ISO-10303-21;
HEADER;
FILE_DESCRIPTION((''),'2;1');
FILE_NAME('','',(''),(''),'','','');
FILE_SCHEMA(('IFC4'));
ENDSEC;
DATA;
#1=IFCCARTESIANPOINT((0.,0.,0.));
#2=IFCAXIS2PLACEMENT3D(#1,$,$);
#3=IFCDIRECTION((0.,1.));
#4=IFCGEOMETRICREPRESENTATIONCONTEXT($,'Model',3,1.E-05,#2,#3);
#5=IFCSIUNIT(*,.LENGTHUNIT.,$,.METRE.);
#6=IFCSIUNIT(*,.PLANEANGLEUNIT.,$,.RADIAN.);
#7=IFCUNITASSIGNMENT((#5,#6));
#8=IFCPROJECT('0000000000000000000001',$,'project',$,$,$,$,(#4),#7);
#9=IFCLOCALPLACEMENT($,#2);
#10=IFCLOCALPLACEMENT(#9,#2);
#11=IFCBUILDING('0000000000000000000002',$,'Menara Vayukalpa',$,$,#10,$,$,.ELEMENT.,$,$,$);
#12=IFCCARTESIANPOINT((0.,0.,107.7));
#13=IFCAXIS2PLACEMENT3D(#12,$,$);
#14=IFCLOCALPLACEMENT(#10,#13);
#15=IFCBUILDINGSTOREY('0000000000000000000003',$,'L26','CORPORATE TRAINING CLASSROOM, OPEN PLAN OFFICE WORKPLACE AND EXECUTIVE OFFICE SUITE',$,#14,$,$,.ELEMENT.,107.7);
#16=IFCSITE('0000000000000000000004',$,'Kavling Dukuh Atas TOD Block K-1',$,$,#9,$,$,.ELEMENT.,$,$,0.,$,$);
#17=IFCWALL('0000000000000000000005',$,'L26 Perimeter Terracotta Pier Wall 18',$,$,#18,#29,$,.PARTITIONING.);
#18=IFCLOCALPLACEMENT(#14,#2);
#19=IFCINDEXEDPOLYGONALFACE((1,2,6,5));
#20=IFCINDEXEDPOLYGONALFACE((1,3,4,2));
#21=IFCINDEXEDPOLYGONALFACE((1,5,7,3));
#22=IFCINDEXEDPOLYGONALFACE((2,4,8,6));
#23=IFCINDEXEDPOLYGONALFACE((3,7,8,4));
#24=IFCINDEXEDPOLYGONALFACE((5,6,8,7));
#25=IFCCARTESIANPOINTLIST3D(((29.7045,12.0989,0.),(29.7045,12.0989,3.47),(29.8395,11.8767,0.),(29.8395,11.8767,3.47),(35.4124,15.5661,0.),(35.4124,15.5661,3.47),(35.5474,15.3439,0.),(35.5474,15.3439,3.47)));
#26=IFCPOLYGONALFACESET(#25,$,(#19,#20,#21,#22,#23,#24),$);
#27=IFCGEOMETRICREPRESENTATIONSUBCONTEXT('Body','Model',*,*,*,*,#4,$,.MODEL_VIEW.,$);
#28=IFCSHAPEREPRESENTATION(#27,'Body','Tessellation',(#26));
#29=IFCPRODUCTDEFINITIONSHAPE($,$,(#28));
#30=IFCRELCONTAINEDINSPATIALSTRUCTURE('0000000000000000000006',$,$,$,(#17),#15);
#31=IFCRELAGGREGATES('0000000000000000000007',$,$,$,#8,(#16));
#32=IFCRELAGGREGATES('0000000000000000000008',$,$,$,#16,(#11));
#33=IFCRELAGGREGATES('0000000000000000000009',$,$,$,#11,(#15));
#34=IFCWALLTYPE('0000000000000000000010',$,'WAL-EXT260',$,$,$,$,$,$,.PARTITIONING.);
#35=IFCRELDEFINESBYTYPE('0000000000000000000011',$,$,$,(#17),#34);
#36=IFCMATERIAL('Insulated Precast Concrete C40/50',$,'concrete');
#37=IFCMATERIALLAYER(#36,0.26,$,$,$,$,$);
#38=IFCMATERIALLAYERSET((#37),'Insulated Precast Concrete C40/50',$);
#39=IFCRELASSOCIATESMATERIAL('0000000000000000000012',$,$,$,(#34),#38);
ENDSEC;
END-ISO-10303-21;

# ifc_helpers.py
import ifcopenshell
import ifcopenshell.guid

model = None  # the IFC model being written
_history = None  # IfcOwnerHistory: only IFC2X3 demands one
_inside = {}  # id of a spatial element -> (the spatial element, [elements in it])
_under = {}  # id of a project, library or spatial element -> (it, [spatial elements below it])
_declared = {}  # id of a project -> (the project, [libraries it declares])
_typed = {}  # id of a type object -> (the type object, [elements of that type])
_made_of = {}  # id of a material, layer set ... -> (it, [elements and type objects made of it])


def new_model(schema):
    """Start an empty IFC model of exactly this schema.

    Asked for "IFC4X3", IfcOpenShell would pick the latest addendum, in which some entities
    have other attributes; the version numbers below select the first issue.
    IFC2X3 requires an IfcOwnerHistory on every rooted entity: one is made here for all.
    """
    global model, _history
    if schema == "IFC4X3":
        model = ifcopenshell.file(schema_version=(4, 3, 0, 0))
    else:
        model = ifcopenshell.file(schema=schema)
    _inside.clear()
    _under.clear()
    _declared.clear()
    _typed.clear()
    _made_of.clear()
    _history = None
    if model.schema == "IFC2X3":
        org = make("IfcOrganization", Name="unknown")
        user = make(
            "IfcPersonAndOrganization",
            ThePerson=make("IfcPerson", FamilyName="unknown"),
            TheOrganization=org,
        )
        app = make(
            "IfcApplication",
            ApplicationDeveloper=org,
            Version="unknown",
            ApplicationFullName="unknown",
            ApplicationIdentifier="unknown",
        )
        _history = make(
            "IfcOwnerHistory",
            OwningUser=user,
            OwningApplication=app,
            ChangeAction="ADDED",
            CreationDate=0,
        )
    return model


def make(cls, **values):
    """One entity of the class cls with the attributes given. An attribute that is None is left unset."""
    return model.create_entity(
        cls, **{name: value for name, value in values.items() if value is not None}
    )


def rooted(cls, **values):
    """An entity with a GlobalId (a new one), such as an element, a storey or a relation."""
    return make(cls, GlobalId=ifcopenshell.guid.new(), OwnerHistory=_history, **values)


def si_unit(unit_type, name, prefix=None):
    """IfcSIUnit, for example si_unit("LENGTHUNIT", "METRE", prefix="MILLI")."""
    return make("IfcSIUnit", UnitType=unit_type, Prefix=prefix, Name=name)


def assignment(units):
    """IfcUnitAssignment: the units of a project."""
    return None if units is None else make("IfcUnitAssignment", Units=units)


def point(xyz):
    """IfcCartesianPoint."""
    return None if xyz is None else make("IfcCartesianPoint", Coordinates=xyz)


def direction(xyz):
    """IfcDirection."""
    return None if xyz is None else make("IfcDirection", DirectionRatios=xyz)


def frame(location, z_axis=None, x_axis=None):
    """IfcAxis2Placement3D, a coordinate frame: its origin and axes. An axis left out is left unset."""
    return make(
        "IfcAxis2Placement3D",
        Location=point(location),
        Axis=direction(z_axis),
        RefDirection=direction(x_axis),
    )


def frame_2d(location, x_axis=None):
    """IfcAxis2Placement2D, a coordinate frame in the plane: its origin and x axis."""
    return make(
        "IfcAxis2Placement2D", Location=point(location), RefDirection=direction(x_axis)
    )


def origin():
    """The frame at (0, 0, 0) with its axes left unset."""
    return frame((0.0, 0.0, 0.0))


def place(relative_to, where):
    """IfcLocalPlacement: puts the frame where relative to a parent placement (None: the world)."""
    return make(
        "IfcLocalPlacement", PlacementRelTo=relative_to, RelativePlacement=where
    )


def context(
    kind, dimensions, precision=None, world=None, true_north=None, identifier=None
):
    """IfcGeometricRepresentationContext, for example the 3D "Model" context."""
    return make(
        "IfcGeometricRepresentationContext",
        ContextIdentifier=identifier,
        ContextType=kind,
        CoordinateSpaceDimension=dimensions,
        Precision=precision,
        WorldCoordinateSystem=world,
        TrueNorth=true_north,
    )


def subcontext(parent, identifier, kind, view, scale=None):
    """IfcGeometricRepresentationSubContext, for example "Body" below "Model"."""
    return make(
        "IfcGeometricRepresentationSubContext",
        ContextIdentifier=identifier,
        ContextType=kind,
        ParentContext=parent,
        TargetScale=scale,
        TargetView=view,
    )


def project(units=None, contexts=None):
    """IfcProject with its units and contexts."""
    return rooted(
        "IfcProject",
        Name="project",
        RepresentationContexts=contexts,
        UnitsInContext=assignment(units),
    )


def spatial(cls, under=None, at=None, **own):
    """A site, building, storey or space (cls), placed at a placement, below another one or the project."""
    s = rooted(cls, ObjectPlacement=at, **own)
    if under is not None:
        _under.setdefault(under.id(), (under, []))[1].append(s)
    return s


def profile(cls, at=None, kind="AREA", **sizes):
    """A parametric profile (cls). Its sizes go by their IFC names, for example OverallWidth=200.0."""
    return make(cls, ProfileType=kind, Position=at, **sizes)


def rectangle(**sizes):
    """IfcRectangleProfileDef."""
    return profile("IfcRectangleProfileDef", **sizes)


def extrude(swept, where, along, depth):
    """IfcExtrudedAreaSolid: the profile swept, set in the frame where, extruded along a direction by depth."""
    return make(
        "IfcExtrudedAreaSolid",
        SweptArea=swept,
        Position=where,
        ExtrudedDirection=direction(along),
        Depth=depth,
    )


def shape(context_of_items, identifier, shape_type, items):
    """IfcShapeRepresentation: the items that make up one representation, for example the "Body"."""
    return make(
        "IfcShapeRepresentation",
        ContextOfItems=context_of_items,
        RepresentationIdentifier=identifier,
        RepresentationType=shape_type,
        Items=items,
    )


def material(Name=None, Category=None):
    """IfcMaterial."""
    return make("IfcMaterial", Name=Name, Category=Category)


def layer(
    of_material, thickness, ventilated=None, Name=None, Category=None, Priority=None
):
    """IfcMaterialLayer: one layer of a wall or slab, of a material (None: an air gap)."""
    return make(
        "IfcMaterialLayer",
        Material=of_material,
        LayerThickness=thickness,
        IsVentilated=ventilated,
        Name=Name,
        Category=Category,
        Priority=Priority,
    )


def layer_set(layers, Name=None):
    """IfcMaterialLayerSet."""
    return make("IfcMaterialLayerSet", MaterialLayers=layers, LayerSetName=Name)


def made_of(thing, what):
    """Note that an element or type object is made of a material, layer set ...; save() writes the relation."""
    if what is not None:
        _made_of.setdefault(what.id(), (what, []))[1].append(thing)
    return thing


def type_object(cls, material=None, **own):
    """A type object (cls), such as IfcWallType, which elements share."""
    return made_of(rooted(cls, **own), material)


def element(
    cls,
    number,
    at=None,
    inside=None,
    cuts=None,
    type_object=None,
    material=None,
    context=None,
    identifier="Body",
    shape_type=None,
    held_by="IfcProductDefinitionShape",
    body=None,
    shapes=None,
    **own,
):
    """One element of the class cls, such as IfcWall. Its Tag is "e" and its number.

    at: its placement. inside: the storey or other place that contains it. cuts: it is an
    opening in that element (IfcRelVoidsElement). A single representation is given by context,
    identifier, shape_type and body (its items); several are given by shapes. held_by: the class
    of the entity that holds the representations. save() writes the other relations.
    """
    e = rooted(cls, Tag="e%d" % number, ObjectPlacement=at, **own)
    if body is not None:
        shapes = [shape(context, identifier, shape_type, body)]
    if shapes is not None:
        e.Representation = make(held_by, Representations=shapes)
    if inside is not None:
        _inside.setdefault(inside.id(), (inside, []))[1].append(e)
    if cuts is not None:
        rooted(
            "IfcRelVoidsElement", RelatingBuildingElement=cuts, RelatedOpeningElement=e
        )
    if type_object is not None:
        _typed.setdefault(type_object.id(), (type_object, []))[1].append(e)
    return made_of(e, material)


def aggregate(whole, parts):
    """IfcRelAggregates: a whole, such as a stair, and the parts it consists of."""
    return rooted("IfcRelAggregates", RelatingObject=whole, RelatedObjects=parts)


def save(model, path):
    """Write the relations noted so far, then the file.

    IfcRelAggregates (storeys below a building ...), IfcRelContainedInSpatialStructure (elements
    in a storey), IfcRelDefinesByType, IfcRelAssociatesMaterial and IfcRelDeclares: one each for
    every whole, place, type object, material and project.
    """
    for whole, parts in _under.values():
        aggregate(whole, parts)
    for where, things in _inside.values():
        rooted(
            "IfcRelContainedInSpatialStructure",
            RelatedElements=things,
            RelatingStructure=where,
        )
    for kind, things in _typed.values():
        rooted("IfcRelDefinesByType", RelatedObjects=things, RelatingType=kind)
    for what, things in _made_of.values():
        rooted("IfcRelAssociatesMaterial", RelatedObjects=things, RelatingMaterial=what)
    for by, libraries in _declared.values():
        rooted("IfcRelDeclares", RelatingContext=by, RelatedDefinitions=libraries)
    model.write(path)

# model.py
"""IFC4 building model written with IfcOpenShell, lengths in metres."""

from ifc_helpers import new_model, si_unit, direction, frame, frame_2d, origin, place, context, subcontext, project, spatial, rectangle, extrude, material, layer, layer_set, type_object, element, save


model = new_model("IFC4")

# Units and contexts
model_context = context("Model", 3, precision=1e-05, world=origin(), true_north=direction((0.0, 1.0)))
body_context = subcontext(model_context, "Body", "Model", "MODEL_VIEW")
ifc_project = project(units=[si_unit("LENGTHUNIT", "METRE"), si_unit("PLANEANGLEUNIT", "RADIAN")], contexts=[model_context])

# Site, building, storey
site_placement = place(None, origin())
site = spatial("IfcSite", under=ifc_project, at=site_placement, Name="Kavling Dukuh Atas TOD Block K-1", CompositionType="ELEMENT", RefElevation=0.0)
building_placement = place(site_placement, origin())
building = spatial("IfcBuilding", under=site, at=building_placement, Name="Menara Vayukalpa", CompositionType="ELEMENT")
storey_placement = place(building_placement, frame((0.0, 0.0, 107.7)))
storey = spatial("IfcBuildingStorey", under=building, at=storey_placement, Name="L26", Description="CORPORATE TRAINING CLASSROOM, OPEN PLAN OFFICE WORKPLACE AND EXECUTIVE OFFICE SUITE", CompositionType="ELEMENT", Elevation=107.7)

# Wall
ifc_material_1 = material(Name="Insulated Precast Concrete C40/50", Category="concrete")
ifc_layer_1 = layer(ifc_material_1, 0.26)
ifc_layer_set_1 = layer_set([ifc_layer_1], Name="Insulated Precast Concrete C40/50")
wall_type = type_object("IfcWallType", Name="WAL-EXT260", PredefinedType="PARTITIONING", material=ifc_layer_set_1)
wall_placement = place(storey_placement, frame((35.48, 15.4551, 0.0), z_axis=(0.0, 0.0, 1.0), x_axis=(-0.854674, -0.519165, 0.0)))
element("IfcWall", 1, at=wall_placement, inside=storey, type_object=wall_type, Name="L26 Perimeter Terracotta Pier Wall 18", PredefinedType="PARTITIONING", context=body_context, shape_type="SweptSolid", body=[
    extrude(rectangle(XDim=6.6785, YDim=0.26, at=frame_2d((3.3394, 0.0))), origin(), (0.0, 0.0, 1.0), 3.47),
])

save(model, "model.ifc")
